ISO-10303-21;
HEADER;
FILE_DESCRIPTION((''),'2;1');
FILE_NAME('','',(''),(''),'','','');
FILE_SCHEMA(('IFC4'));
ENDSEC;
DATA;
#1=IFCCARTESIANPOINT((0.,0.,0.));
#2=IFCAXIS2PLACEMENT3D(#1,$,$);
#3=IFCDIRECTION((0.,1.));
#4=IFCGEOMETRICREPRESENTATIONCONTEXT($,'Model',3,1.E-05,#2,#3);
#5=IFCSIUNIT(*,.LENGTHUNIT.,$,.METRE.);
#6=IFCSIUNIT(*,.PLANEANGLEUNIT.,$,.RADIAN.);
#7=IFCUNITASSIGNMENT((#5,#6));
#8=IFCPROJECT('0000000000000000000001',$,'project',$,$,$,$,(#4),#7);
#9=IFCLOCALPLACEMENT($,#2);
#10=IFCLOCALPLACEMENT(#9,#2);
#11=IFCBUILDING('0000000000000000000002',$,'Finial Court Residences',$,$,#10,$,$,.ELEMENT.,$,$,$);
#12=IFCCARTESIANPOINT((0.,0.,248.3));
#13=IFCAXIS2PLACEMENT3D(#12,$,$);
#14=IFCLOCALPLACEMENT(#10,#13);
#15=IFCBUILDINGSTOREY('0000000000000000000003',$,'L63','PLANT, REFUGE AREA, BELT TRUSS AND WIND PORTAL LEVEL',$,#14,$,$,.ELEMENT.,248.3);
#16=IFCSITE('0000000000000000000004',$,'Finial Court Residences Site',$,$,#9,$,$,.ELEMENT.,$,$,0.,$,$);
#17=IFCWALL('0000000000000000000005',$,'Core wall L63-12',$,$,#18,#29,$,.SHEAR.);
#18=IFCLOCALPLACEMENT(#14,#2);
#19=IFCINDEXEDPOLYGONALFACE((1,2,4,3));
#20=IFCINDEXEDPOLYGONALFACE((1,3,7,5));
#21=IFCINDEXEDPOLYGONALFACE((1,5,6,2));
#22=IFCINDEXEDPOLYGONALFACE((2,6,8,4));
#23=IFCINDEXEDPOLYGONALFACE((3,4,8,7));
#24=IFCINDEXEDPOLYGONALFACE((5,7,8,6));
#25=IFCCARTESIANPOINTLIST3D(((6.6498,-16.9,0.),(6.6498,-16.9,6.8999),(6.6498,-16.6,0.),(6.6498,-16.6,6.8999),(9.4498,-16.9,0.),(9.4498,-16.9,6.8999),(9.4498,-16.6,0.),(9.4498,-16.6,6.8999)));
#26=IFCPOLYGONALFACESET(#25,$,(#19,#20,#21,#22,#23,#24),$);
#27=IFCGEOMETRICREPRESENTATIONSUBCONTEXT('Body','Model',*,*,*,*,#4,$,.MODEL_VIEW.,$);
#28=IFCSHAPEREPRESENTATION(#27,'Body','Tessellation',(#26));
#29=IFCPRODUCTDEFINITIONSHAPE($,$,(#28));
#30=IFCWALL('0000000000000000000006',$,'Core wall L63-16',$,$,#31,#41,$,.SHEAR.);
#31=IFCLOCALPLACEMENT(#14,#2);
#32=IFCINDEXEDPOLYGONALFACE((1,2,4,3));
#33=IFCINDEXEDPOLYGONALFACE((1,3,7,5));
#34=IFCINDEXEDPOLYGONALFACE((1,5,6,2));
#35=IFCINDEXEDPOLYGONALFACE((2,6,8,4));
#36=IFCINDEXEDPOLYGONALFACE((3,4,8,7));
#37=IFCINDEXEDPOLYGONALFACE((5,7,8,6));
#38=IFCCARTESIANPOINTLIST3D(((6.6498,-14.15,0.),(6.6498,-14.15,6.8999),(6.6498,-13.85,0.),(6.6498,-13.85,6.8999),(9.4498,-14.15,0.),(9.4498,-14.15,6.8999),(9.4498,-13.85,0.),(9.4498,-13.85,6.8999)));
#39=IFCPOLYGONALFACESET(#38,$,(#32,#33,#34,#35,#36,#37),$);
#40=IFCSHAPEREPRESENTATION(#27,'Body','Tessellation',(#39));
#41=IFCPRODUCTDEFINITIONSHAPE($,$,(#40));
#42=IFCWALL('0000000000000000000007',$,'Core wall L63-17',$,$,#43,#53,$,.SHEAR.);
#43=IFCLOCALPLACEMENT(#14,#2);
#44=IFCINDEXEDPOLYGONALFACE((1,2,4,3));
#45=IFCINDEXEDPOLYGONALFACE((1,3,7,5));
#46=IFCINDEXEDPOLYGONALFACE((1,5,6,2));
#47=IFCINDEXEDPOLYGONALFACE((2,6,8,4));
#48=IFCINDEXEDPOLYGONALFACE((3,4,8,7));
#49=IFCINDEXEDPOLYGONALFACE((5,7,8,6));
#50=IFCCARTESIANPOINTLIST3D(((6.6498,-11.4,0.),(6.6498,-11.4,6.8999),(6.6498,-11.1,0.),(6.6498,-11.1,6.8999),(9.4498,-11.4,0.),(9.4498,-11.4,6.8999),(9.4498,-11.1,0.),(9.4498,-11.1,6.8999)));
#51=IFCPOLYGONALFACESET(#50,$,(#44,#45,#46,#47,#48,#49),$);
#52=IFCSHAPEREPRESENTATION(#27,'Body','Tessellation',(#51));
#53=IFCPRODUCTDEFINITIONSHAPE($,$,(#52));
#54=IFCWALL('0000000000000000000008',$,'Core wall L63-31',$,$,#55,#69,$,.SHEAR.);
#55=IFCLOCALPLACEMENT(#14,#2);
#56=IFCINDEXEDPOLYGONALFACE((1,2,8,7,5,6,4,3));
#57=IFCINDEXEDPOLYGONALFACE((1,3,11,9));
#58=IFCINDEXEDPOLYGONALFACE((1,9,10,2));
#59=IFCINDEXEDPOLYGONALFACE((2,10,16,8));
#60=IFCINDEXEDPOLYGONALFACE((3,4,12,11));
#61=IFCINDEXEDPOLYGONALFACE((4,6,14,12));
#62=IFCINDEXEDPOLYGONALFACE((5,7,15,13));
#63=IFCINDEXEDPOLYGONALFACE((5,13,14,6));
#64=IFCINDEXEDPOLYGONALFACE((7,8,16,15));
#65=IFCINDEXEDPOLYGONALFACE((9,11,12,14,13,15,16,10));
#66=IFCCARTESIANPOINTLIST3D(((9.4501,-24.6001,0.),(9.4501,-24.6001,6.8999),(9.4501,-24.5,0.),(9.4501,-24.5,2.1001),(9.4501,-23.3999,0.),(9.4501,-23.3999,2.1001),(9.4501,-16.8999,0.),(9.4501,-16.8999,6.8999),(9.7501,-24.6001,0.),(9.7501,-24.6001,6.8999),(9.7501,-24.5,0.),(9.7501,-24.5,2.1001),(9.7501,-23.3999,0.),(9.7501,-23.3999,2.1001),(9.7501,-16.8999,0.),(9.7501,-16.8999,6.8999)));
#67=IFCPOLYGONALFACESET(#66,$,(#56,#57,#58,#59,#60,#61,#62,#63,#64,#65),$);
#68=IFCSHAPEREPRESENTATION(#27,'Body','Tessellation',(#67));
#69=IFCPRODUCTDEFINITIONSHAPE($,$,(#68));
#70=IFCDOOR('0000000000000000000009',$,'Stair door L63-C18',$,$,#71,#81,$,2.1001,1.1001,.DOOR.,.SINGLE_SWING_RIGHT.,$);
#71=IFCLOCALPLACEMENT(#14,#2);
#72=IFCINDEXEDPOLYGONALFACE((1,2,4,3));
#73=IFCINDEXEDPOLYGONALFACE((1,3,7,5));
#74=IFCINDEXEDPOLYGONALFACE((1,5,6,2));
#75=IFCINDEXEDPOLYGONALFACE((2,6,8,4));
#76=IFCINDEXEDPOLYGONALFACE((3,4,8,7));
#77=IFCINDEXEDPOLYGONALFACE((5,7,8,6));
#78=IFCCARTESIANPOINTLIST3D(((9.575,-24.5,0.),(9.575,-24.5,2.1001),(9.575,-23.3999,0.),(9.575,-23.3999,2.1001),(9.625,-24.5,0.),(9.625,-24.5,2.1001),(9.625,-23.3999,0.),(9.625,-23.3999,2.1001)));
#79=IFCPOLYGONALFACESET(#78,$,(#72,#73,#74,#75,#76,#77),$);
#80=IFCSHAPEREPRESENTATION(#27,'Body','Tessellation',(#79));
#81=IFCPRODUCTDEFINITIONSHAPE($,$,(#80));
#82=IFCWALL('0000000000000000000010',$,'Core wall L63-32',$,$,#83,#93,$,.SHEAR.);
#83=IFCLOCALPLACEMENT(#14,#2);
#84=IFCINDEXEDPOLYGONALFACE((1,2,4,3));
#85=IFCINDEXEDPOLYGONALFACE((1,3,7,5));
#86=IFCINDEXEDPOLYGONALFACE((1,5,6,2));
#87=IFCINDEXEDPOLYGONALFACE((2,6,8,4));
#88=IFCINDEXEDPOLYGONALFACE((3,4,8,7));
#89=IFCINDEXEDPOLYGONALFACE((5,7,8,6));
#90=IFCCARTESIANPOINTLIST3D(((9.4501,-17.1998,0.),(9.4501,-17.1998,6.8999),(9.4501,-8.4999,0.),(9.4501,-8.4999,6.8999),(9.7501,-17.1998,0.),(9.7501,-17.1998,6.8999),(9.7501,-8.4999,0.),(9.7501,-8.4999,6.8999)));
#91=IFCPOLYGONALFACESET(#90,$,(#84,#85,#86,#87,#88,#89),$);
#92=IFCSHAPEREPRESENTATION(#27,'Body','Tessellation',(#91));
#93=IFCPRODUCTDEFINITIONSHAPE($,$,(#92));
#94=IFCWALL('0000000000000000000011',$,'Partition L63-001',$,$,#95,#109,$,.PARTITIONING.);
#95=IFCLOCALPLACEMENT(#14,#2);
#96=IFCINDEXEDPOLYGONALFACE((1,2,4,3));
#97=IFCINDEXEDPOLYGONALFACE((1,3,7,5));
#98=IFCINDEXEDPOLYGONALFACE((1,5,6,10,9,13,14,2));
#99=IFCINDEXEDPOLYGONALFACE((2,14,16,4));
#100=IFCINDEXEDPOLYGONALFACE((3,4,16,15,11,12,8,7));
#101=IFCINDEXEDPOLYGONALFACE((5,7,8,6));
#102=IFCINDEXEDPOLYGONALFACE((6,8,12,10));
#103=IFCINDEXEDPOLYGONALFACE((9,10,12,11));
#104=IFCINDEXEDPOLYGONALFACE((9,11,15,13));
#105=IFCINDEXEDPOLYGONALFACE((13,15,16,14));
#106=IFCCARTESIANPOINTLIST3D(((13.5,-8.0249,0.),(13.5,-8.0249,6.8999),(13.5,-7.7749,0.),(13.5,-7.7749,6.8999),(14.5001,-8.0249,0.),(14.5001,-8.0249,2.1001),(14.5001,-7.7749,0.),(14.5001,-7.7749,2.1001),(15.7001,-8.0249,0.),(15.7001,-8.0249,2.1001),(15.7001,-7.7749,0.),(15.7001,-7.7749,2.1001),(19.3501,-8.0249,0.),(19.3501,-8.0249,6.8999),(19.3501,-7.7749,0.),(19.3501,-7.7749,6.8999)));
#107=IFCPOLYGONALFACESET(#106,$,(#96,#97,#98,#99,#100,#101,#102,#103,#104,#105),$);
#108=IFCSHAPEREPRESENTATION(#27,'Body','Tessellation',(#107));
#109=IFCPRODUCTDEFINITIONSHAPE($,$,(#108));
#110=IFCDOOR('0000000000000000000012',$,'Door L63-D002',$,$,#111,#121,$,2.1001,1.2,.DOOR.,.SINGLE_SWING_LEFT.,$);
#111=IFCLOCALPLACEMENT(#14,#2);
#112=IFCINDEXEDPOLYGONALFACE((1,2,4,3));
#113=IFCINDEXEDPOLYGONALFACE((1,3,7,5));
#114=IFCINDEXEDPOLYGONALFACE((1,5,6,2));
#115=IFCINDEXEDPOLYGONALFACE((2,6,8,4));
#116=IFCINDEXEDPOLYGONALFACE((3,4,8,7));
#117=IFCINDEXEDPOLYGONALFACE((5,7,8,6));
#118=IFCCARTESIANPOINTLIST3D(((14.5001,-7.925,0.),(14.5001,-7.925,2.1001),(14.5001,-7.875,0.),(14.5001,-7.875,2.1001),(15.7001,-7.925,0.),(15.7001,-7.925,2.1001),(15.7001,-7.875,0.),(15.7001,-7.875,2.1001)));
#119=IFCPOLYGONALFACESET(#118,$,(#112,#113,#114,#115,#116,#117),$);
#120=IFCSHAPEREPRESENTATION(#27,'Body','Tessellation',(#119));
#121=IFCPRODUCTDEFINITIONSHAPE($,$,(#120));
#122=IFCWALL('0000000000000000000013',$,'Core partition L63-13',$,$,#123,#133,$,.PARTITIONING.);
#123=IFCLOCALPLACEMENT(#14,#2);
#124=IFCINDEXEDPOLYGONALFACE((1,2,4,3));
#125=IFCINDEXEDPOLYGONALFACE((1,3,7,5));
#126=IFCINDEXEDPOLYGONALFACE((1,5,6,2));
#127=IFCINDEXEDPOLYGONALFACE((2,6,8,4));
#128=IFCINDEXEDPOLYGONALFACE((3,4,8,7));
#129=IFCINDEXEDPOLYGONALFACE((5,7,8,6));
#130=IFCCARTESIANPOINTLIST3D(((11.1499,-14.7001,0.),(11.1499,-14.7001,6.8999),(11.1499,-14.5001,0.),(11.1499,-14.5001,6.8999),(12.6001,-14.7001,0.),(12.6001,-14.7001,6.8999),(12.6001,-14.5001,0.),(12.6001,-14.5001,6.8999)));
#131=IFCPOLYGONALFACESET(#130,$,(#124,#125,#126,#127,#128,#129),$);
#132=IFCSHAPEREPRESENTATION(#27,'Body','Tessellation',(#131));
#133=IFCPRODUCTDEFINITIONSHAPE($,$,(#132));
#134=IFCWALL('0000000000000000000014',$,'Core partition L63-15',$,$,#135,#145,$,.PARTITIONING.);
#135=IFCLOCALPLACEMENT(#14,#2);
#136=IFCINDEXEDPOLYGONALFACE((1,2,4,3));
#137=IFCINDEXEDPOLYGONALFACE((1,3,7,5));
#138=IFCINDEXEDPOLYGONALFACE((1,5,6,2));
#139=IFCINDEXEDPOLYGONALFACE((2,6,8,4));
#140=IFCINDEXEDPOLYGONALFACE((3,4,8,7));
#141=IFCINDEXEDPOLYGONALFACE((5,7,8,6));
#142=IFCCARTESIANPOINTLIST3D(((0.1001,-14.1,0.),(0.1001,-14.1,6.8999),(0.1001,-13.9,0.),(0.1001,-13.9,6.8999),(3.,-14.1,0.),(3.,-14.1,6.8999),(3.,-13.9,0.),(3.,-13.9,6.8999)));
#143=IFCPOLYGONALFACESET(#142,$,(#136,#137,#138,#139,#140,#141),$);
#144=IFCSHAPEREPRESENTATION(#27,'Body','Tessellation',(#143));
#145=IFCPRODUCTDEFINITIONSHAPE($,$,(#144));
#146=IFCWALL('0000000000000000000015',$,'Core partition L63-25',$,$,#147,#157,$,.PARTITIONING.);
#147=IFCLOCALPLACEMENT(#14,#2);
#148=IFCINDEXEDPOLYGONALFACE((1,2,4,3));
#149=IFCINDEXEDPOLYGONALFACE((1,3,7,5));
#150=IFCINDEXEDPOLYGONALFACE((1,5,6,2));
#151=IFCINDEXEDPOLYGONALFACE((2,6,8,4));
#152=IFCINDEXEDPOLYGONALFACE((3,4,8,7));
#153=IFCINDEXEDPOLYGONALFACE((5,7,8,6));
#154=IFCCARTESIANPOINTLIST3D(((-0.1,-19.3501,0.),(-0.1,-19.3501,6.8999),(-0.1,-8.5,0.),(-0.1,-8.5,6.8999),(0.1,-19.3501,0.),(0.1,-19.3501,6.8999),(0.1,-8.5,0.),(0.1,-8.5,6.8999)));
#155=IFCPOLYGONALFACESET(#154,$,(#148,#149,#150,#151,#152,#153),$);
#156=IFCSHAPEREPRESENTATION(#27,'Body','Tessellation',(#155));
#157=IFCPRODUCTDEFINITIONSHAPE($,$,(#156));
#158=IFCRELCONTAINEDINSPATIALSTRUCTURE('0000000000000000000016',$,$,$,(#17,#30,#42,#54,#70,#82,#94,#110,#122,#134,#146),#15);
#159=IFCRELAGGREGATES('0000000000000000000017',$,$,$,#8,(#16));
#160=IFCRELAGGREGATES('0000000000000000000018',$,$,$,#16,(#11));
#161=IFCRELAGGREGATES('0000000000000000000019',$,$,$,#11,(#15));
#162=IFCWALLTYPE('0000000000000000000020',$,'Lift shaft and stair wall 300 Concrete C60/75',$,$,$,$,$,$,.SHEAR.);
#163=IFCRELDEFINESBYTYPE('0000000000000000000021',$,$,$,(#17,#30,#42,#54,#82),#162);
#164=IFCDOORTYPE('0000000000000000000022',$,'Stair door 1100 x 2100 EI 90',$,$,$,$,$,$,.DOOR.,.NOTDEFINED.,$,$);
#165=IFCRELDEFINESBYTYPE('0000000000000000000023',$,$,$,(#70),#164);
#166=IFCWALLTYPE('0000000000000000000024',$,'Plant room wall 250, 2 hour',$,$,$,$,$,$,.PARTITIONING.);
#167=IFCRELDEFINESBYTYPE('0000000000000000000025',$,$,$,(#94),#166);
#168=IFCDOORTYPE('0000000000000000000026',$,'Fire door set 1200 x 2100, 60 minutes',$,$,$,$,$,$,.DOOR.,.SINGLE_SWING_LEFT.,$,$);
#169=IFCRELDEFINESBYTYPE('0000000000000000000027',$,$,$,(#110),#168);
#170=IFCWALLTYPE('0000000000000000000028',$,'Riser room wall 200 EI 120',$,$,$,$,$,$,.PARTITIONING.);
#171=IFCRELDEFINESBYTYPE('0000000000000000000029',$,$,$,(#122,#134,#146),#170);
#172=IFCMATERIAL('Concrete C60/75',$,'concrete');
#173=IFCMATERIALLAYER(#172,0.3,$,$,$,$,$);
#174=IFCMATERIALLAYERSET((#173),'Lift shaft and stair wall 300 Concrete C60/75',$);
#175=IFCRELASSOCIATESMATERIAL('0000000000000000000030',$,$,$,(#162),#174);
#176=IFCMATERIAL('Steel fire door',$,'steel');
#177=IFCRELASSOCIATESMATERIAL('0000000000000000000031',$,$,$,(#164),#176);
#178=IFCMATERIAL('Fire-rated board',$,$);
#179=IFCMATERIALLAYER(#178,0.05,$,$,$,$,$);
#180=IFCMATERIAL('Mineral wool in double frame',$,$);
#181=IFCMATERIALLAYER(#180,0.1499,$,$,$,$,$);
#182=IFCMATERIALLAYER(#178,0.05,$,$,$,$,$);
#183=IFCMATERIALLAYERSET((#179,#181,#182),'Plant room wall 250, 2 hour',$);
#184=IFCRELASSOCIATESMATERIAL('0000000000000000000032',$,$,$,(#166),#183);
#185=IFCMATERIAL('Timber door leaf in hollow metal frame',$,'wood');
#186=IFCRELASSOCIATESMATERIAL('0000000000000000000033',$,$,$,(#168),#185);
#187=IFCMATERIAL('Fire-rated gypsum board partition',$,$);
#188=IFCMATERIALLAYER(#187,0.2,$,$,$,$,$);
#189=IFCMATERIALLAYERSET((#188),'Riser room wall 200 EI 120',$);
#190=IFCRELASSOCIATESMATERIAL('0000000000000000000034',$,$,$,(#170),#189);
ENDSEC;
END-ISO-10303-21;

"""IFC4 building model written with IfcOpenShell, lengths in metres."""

from ifc_helpers import new_model, si_unit, direction, frame, frame_2d, origin, place, context, subcontext, project, spatial, rectangle, extrude, material, layer, layer_set, type_object, element, fill, save


model = new_model("IFC4")

# Units and contexts
model_context = context("Model", 3, precision=1e-05, world=origin(), true_north=direction((0.0, 1.0)))
body_context = subcontext(model_context, "Body", "Model", "MODEL_VIEW")
ifc_project = project(units=[si_unit("LENGTHUNIT", "METRE"), si_unit("PLANEANGLEUNIT", "RADIAN")], contexts=[model_context])

# Site, building, storey
site_placement = place(None, origin())
site = spatial("IfcSite", under=ifc_project, at=site_placement, Name="Finial Court Residences Site", CompositionType="ELEMENT", RefElevation=0.0)
building_placement = place(site_placement, origin())
building = spatial("IfcBuilding", under=site, at=building_placement, Name="Finial Court Residences", CompositionType="ELEMENT")
storey_placement = place(building_placement, frame((0.0, 0.0, 248.3)))
storey = spatial("IfcBuildingStorey", under=building, at=storey_placement, Name="L63", Description="PLANT, REFUGE AREA, BELT TRUSS AND WIND PORTAL LEVEL", CompositionType="ELEMENT", Elevation=248.3)

# Shared definitions
ifc_material_1 = material(Name="Fire-rated gypsum board partition")
ifc_material_2 = material(Name="Steel fire door", Category="steel")

# Walls
ifc_material_3 = material(Name="Concrete C60/75", Category="concrete")
ifc_layer_1 = layer(ifc_material_3, 0.3)
ifc_layer_set_1 = layer_set([ifc_layer_1], Name="Lift shaft and stair wall 300 Concrete C60/75")
wall_type_1 = type_object("IfcWallType", Name="Lift shaft and stair wall 300 Concrete C60/75", PredefinedType="SHEAR", material=ifc_layer_set_1)
for number, where, z_axis, x_axis, name in (
    (1, (6.6499, -16.75, 0.0), (0.0, 0.0, 1.0), (1.0, 0.0, 0.0), "Core wall L63-12"),
    (2, (6.6499, -14.0, 0.0), (0.0, 0.0, 1.0), (1.0, 0.0, 0.0), "Core wall L63-16"),
    (3, (6.6499, -11.25, 0.0), (0.0, 0.0, 1.0), (1.0, 0.0, 0.0), "Core wall L63-17"),
):
    element("IfcWall", number, at=place(storey_placement, frame(where, z_axis=z_axis, x_axis=x_axis)), inside=storey, type_object=wall_type_1, Name=name, PredefinedType="SHEAR", context=body_context, shape_type="SweptSolid", body=[
        extrude(rectangle(XDim=2.8, YDim=0.3, at=frame_2d((1.3999, 0.0))), origin(), (0.0, 0.0, 1.0), 6.8999),
    ])

# Wall, opening, door
wall_1_placement = place(storey_placement, frame((9.6001, -16.8999, 0.0), z_axis=(0.0, 0.0, 1.0), x_axis=(0.0, -1.0, 0.0)))
wall_1 = element("IfcWall", 4, at=wall_1_placement, inside=storey, type_object=wall_type_1, Name="Core wall L63-31", PredefinedType="SHEAR", context=body_context, shape_type="SweptSolid", body=[
    extrude(rectangle(XDim=7.7002, YDim=0.3, at=frame_2d((3.8501, 0.0))), origin(), (0.0, 0.0, 1.0), 6.8999),
])
opening_1_placement = place(wall_1_placement, frame((6.5, 0.0, 0.0)))
opening_1 = element("IfcOpeningElement", 5, at=opening_1_placement, cuts=wall_1, PredefinedType="OPENING", context=body_context, shape_type="SweptSolid", body=[
    extrude(rectangle(XDim=1.1001, YDim=2.1001, at=frame_2d((0.55, 1.05))), frame((0.0, 0.1599, 0.0), z_axis=(0.0, -1.0, 0.0), x_axis=(1.0, 0.0, 0.0)), (0.0, 0.0, 1.0), 0.3201),
])
door_type_1 = type_object("IfcDoorType", Name="Stair door 1100 x 2100 EI 90", OperationType="NOTDEFINED", PredefinedType="DOOR", material=ifc_material_2)
door_1_placement = place(opening_1_placement, origin())
door_1 = element("IfcDoor", 6, at=door_1_placement, inside=storey, type_object=door_type_1, Name="Stair door L63-C18", OperationType="SINGLE_SWING_RIGHT", OverallHeight=2.1001, OverallWidth=1.1001, PredefinedType="DOOR", context=body_context, shape_type="SweptSolid", body=[
    extrude(rectangle(XDim=1.1001, YDim=2.1001, at=frame_2d((0.55, 1.05))), frame((0.0, 0.0249, 0.0), z_axis=(0.0, -1.0, 0.0), x_axis=(1.0, 0.0, 0.0)), (0.0, 0.0, 1.0), 0.05),
])
fill(opening_1, door_1)

# Wall
wall_2_placement = place(storey_placement, frame((9.6001, -17.2, 0.0), z_axis=(0.0, 0.0, 1.0), x_axis=(0.0, 1.0, 0.0)))
element("IfcWall", 7, at=wall_2_placement, inside=storey, type_object=wall_type_1, Name="Core wall L63-32", PredefinedType="SHEAR", context=body_context, shape_type="SweptSolid", body=[
    extrude(rectangle(XDim=8.7, YDim=0.3, at=frame_2d((4.3501, 0.0))), origin(), (0.0, 0.0, 1.0), 6.8999),
])

# Wall, opening, door
ifc_material_4 = material(Name="Fire-rated board")
ifc_layer_2 = layer(ifc_material_4, 0.05)
ifc_material_5 = material(Name="Mineral wool in double frame")
ifc_layer_3 = layer(ifc_material_5, 0.1499)
ifc_layer_4 = layer(ifc_material_4, 0.05)
ifc_layer_set_2 = layer_set([ifc_layer_2, ifc_layer_3, ifc_layer_4], Name="Plant room wall 250, 2 hour")
wall_type_2 = type_object("IfcWallType", Name="Plant room wall 250, 2 hour", PredefinedType="PARTITIONING", material=ifc_layer_set_2)
wall_3_placement = place(storey_placement, frame((13.5, -7.8999, 0.0), z_axis=(0.0, 0.0, 1.0), x_axis=(1.0, 0.0, 0.0)))
wall_3 = element("IfcWall", 8, at=wall_3_placement, inside=storey, type_object=wall_type_2, Name="Partition L63-001", PredefinedType="PARTITIONING", context=body_context, shape_type="SweptSolid", body=[
    extrude(rectangle(XDim=5.8501, YDim=0.25, at=frame_2d((2.925, 0.0))), origin(), (0.0, 0.0, 1.0), 6.8999),
])
opening_2_placement = place(wall_3_placement, frame((1.0, 0.0, 0.0)))
opening_2 = element("IfcOpeningElement", 9, at=opening_2_placement, cuts=wall_3, PredefinedType="OPENING", context=body_context, shape_type="SweptSolid", body=[
    extrude(rectangle(XDim=1.2, YDim=2.1001, at=frame_2d((0.6001, 1.05))), frame((0.0, 0.135, 0.0), z_axis=(0.0, -1.0, 0.0), x_axis=(1.0, 0.0, 0.0)), (0.0, 0.0, 1.0), 0.27),
])
ifc_material_6 = material(Name="Timber door leaf in hollow metal frame", Category="wood")
door_type_2 = type_object("IfcDoorType", Name="Fire door set 1200 x 2100, 60 minutes", OperationType="SINGLE_SWING_LEFT", PredefinedType="DOOR", material=ifc_material_6)
door_2_placement = place(opening_2_placement, origin())
door_2 = element("IfcDoor", 10, at=door_2_placement, inside=storey, type_object=door_type_2, Name="Door L63-D002", OperationType="SINGLE_SWING_LEFT", OverallHeight=2.1001, OverallWidth=1.2, PredefinedType="DOOR", context=body_context, shape_type="SweptSolid", body=[
    extrude(rectangle(XDim=1.2, YDim=2.1001, at=frame_2d((0.6001, 1.05))), frame((0.0, 0.0249, 0.0), z_axis=(0.0, -1.0, 0.0), x_axis=(1.0, 0.0, 0.0)), (0.0, 0.0, 1.0), 0.05),
])
fill(opening_2, door_2)

# Walls
ifc_layer_5 = layer(ifc_material_1, 0.2)
ifc_layer_set_3 = layer_set([ifc_layer_5], Name="Riser room wall 200 EI 120")
wall_type_3 = type_object("IfcWallType", Name="Riser room wall 200 EI 120", PredefinedType="PARTITIONING", material=ifc_layer_set_3)
wall_4_placement = place(storey_placement, frame((11.1499, -14.6001, 0.0), z_axis=(0.0, 0.0, 1.0), x_axis=(1.0, 0.0, 0.0)))
element("IfcWall", 11, at=wall_4_placement, inside=storey, type_object=wall_type_3, Name="Core partition L63-13", PredefinedType="PARTITIONING", context=body_context, shape_type="SweptSolid", body=[
    extrude(rectangle(XDim=1.4502, YDim=0.2, at=frame_2d((0.7251, 0.0))), origin(), (0.0, 0.0, 1.0), 6.8999),
])
wall_5_placement = place(storey_placement, frame((0.1001, -14.0, 0.0), z_axis=(0.0, 0.0, 1.0), x_axis=(1.0, 0.0, 0.0)))
element("IfcWall", 12, at=wall_5_placement, inside=storey, type_object=wall_type_3, Name="Core partition L63-15", PredefinedType="PARTITIONING", context=body_context, shape_type="SweptSolid", body=[
    extrude(rectangle(XDim=2.8999, YDim=0.2, at=frame_2d((1.45, 0.0))), origin(), (0.0, 0.0, 1.0), 6.8999),
])
wall_6_placement = place(storey_placement, frame((0.0, -19.3501, 0.0), z_axis=(0.0, 0.0, 1.0), x_axis=(0.0, 1.0, 0.0)))
element("IfcWall", 13, at=wall_6_placement, inside=storey, type_object=wall_type_3, Name="Core partition L63-25", PredefinedType="PARTITIONING", context=body_context, shape_type="SweptSolid", body=[
    extrude(rectangle(XDim=10.8501, YDim=0.2, at=frame_2d((5.425, 0.0))), origin(), (0.0, 0.0, 1.0), 6.8999),
])

save(model, "model.ifc")
